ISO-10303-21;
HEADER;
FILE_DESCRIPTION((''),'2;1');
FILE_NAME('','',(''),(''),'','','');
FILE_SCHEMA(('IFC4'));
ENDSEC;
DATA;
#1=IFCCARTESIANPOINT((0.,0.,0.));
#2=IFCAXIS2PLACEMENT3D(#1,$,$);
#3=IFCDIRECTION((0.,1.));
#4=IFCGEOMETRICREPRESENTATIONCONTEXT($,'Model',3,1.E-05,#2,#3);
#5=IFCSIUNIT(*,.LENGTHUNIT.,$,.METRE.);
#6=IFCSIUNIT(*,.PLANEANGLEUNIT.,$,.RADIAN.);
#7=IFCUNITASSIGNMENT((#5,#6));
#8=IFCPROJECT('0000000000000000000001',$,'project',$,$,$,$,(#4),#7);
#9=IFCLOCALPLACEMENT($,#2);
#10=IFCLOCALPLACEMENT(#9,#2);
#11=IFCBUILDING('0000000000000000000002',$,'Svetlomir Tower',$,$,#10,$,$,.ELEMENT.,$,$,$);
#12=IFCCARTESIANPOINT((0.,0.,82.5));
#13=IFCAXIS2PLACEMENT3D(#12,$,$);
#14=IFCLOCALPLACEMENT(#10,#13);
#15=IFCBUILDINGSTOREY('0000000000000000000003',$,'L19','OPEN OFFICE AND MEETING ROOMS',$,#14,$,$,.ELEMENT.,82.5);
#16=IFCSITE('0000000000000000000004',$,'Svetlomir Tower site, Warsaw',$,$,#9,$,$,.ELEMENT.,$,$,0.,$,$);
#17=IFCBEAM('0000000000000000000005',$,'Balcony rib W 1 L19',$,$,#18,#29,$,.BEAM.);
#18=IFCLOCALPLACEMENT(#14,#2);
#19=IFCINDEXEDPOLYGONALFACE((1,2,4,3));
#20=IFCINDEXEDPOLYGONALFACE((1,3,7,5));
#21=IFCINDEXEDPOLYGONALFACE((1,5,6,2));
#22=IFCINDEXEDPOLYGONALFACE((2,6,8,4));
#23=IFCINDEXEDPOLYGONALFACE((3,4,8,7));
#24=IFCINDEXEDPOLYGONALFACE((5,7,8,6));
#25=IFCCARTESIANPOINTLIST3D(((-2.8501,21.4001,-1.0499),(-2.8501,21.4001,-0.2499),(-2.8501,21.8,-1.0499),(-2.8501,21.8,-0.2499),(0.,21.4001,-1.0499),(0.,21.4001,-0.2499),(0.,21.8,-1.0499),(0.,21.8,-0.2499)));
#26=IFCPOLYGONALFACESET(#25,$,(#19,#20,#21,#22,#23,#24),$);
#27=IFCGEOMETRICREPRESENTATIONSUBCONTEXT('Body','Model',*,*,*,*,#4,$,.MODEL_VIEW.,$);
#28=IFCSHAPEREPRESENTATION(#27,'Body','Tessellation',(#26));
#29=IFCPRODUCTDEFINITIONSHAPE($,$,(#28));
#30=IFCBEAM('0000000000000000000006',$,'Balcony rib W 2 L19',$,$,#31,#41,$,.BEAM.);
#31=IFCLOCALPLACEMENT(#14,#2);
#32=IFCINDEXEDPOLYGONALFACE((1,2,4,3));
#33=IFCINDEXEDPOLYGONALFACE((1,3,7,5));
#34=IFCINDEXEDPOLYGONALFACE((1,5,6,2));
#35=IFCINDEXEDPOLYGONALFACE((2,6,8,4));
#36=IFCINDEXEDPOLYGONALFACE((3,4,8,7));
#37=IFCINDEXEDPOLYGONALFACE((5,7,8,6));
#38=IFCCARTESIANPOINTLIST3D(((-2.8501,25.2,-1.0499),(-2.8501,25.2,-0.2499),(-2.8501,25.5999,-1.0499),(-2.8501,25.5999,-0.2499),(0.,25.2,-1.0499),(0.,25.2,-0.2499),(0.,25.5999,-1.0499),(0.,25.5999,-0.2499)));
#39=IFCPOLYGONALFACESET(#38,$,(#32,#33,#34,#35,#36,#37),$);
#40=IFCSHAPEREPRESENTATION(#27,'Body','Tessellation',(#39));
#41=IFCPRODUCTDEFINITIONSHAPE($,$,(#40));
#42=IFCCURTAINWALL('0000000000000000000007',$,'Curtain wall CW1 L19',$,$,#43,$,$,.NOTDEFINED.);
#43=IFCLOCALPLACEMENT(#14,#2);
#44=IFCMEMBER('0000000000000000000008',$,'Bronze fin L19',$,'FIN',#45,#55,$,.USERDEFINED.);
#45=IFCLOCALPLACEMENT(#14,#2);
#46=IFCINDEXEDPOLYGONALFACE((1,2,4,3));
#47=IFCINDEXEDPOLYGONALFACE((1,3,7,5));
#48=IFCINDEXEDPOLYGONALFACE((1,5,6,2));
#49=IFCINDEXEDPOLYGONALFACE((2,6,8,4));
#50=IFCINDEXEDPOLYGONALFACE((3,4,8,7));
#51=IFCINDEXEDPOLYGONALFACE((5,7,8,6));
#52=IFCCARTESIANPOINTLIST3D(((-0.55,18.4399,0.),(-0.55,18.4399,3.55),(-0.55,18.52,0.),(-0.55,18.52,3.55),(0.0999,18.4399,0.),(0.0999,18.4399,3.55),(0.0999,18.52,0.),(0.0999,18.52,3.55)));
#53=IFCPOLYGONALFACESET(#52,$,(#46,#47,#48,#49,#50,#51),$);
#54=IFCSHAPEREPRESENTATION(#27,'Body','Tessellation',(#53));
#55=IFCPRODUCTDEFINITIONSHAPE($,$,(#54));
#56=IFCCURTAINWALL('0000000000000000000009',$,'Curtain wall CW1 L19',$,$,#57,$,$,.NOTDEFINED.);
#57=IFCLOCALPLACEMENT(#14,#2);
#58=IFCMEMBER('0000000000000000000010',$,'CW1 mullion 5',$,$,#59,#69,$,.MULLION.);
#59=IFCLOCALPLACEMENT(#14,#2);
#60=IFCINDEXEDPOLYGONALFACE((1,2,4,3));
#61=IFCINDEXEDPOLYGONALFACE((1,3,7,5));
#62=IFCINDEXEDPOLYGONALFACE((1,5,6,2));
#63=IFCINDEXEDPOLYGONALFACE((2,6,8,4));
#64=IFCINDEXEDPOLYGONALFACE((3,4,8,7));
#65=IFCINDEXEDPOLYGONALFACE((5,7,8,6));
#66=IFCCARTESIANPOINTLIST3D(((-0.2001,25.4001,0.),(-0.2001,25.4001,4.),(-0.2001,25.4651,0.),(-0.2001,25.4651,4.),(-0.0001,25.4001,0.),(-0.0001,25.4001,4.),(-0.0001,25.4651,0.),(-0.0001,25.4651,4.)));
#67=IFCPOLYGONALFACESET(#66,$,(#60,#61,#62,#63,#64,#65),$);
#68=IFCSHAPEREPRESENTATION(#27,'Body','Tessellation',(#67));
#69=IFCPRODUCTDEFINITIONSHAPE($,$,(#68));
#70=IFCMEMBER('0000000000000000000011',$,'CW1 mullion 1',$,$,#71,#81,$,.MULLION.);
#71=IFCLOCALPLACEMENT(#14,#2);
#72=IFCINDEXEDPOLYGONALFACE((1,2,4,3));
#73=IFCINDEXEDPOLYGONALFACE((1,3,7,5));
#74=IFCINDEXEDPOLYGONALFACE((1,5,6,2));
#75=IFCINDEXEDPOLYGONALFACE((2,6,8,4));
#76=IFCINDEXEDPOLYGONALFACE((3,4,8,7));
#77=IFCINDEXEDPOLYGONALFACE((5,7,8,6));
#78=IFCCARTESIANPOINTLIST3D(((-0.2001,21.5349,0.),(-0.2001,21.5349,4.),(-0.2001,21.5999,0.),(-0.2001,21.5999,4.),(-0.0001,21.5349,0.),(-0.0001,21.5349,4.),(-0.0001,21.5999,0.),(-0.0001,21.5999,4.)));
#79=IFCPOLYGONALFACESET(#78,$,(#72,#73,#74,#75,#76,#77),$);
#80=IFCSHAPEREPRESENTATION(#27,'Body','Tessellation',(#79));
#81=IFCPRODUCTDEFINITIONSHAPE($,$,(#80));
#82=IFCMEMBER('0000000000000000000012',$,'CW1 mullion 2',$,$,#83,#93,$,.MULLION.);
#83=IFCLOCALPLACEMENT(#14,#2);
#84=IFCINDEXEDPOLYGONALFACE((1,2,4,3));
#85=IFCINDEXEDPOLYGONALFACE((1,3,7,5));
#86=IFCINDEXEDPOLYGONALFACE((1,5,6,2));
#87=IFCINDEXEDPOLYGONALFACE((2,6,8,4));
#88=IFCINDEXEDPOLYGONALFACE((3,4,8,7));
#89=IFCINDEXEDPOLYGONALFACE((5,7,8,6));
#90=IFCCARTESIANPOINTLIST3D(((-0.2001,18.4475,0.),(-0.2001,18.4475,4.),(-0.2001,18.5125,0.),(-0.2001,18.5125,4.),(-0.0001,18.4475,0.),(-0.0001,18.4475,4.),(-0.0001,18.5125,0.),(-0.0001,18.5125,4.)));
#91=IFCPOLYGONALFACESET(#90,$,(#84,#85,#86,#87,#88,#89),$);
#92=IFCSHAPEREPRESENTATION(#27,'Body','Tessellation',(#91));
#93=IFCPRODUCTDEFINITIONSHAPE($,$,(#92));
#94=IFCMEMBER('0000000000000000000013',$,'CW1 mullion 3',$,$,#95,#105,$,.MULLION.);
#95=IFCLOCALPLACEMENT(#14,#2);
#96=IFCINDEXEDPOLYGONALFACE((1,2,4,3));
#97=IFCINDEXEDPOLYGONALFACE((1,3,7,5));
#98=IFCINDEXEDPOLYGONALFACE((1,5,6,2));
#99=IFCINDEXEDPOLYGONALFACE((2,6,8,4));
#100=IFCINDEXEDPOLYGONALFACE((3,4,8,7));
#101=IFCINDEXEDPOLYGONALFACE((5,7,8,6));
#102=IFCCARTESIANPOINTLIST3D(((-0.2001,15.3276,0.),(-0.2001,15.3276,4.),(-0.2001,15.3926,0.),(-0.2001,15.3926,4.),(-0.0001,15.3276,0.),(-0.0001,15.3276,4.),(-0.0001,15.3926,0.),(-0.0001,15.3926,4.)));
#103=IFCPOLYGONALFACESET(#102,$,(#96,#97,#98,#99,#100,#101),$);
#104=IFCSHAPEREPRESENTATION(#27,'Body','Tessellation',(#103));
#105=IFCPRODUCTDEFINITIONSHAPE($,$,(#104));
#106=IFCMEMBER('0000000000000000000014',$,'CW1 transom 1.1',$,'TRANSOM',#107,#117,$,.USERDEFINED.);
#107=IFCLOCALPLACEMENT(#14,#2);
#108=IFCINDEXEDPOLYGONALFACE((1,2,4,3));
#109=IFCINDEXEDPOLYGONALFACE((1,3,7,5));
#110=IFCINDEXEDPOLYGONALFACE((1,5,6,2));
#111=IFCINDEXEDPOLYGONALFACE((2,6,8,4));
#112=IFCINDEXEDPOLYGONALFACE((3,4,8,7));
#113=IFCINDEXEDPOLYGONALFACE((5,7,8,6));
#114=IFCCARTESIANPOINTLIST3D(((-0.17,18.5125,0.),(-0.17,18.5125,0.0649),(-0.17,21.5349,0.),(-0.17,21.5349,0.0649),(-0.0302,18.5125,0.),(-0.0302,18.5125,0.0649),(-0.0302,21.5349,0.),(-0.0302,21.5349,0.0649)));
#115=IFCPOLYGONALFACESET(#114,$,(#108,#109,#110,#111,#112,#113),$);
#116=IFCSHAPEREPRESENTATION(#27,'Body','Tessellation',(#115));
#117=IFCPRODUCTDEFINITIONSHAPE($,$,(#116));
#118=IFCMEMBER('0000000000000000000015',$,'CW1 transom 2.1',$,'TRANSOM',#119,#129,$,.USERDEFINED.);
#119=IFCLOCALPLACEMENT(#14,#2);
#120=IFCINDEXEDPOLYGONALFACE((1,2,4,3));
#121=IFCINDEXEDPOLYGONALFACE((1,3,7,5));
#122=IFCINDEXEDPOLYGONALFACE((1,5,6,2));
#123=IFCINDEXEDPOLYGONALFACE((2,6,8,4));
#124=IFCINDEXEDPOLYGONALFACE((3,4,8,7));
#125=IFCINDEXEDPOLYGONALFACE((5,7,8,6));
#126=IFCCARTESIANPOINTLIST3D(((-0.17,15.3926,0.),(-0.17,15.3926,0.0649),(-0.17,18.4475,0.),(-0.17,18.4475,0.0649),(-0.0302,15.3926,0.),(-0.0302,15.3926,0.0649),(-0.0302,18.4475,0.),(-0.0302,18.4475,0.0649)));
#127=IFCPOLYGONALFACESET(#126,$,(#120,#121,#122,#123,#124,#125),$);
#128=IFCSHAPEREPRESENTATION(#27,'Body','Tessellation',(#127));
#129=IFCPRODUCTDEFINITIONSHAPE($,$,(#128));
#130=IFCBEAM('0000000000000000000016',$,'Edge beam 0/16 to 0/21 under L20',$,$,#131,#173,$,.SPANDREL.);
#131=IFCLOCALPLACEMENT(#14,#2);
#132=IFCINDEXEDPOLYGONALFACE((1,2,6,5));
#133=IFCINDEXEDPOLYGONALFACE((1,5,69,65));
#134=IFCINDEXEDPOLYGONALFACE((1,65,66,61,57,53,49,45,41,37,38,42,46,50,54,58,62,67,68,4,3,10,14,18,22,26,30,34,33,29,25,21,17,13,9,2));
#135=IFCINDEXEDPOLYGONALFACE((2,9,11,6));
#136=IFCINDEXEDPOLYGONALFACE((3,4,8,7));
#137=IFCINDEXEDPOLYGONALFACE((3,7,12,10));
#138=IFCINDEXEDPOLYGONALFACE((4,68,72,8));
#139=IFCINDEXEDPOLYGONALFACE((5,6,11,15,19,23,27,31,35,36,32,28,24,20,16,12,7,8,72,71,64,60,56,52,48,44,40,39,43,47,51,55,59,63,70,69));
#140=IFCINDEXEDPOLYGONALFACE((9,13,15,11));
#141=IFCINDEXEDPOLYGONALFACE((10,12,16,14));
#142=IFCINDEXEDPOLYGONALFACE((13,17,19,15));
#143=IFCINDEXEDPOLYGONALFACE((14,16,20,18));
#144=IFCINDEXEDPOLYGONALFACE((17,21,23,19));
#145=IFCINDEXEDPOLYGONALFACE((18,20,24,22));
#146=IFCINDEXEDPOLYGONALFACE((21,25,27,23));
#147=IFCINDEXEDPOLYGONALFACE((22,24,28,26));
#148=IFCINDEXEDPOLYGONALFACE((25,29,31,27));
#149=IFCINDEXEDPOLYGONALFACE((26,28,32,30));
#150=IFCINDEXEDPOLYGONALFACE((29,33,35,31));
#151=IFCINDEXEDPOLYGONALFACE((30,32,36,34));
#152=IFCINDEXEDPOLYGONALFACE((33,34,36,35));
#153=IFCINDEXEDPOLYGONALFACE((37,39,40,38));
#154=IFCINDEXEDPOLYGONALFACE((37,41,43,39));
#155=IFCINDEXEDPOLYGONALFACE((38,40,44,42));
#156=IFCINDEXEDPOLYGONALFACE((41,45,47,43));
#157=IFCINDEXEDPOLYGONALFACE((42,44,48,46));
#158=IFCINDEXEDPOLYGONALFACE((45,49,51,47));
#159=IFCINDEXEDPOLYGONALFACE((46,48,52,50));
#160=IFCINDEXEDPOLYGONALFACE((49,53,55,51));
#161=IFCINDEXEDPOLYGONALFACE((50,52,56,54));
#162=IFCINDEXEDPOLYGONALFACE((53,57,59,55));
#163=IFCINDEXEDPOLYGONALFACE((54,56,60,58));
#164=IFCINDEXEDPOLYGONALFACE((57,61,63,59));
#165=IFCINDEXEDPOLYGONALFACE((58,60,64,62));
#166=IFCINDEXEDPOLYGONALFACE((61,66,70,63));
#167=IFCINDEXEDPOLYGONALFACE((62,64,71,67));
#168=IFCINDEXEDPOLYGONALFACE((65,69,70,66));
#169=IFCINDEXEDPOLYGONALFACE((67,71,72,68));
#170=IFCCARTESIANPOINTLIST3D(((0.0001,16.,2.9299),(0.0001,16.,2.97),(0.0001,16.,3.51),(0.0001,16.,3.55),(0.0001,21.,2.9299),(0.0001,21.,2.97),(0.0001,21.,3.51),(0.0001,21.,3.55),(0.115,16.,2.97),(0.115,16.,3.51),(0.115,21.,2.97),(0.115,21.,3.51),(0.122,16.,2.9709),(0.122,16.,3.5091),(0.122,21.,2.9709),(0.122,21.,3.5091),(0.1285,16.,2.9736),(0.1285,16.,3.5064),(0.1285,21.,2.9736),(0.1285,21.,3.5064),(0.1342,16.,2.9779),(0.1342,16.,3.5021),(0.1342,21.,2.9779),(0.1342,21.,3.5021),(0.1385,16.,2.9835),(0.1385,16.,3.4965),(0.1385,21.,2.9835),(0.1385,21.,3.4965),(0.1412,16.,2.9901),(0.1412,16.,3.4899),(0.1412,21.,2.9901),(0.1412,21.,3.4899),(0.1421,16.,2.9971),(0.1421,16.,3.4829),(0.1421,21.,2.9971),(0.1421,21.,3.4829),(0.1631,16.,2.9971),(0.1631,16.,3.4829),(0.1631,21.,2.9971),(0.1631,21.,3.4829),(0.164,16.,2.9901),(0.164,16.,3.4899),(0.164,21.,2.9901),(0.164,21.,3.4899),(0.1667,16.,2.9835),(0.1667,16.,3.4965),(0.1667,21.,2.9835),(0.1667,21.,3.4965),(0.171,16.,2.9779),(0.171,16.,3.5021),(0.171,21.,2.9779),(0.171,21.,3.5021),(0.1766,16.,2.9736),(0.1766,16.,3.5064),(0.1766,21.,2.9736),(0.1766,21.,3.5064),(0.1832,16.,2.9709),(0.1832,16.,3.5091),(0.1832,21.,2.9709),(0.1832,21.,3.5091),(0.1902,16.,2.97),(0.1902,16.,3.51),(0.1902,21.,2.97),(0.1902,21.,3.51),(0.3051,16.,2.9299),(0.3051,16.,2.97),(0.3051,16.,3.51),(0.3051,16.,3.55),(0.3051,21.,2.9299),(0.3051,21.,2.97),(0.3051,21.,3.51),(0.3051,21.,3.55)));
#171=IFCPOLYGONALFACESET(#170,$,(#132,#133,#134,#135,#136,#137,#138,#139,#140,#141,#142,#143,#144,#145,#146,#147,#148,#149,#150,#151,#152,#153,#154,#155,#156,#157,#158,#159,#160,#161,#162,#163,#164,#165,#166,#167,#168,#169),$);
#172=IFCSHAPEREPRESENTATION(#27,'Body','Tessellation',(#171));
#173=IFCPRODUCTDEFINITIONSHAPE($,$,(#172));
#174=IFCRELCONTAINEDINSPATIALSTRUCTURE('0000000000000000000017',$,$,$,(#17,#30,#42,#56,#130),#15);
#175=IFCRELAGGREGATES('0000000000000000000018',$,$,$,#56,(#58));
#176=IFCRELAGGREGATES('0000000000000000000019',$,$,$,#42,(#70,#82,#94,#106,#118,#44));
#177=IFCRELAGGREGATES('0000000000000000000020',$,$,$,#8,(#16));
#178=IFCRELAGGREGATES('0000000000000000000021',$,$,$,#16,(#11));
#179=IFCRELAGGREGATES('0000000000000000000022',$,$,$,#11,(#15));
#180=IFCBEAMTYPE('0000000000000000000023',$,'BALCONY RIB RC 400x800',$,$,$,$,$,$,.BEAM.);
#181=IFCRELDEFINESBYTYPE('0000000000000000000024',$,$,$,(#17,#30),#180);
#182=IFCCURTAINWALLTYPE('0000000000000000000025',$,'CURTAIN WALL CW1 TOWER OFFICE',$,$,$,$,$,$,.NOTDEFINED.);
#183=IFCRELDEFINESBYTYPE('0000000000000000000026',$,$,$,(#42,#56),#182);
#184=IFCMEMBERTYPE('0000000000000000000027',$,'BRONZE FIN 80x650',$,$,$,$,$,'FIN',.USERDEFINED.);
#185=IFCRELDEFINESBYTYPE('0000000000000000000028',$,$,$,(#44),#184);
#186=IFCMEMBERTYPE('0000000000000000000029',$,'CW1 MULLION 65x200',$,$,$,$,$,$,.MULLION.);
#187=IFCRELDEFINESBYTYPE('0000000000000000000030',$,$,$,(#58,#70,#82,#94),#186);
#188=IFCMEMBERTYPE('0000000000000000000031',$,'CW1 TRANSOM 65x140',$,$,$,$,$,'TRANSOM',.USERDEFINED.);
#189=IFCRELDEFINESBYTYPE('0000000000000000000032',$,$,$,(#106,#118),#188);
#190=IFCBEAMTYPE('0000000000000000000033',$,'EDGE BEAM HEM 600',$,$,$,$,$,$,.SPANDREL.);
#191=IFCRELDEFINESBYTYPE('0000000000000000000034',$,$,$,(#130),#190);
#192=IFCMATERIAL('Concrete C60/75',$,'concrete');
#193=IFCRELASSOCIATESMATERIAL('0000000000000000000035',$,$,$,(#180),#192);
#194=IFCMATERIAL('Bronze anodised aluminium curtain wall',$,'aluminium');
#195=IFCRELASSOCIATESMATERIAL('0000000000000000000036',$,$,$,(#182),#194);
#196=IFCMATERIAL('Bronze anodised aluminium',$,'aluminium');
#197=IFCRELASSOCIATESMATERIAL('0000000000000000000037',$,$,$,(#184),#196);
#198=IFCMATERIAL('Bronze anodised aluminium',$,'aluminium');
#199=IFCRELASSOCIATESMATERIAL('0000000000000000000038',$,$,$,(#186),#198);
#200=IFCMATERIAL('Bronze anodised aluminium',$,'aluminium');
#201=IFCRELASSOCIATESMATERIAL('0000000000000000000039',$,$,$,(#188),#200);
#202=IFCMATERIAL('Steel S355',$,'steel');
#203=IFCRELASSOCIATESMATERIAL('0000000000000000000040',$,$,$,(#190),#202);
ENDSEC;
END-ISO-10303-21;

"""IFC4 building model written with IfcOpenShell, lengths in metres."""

from ifc_helpers import new_model, si_unit, direction, frame, origin, origin_2d, place, context, subcontext, project, spatial, rectangle, i_section, extrude, material, material_profile, profile_set, type_object, element, aggregate, save


model = new_model("IFC4")

# Units and contexts
model_context = context("Model", 3, precision=1e-05, world=origin(), true_north=direction((0.0, 1.0)))
body_context = subcontext(model_context, "Body", "Model", "MODEL_VIEW")
ifc_project = project(units=[si_unit("LENGTHUNIT", "METRE"), si_unit("PLANEANGLEUNIT", "RADIAN")], contexts=[model_context])

# Site, building, storey
site_placement = place(None, origin())
site = spatial("IfcSite", under=ifc_project, at=site_placement, Name="Svetlomir Tower site, Warsaw", CompositionType="ELEMENT", RefElevation=0.0)
building_placement = place(site_placement, origin())
building = spatial("IfcBuilding", under=site, at=building_placement, Name="Svetlomir Tower", CompositionType="ELEMENT")
storey_placement = place(building_placement, frame((0.0, 0.0, 82.5)))
storey = spatial("IfcBuildingStorey", under=building, at=storey_placement, Name="L19", Description="OPEN OFFICE AND MEETING ROOMS", CompositionType="ELEMENT", Elevation=82.5)

# Beams
ifc_material_1 = material(Name="Concrete C60/75", Category="concrete")
ifc_material_profile_1 = material_profile(ifc_material_1, rectangle(XDim=0.3999, YDim=0.8, at=origin_2d()), Name="RC 400x800")
ifc_profile_set_1 = profile_set([ifc_material_profile_1], Name="Concrete C60/75")
beam_type_1 = type_object("IfcBeamType", Name="BALCONY RIB RC 400x800", PredefinedType="BEAM", material=ifc_profile_set_1)
for number, where, z_axis, x_axis, name in (
    (1, (0.0, 21.6001, -0.6499), (-1.0, 0.0, 0.0), (0.0, -1.0, 0.0), "Balcony rib W 1 L19"),
    (2, (0.0, 25.3999, -0.6499), (-1.0, 0.0, 0.0), (0.0, -1.0, 0.0), "Balcony rib W 2 L19"),
):
    element("IfcBeam", number, at=place(storey_placement, frame(where, z_axis=z_axis, x_axis=x_axis)), inside=storey, type_object=beam_type_1, Name=name, PredefinedType="BEAM", context=body_context, shape_type="SweptSolid", body=[
        extrude(rectangle(XDim=0.3999, YDim=0.8, at=origin_2d()), origin(), (0.0, 0.0, 1.0), 2.8501),
    ])

# Curtain walls, members
ifc_material_2 = material(Name="Bronze anodised aluminium curtain wall", Category="aluminium")
curtain_wall_type = type_object("IfcCurtainWallType", Name="CURTAIN WALL CW1 TOWER OFFICE", PredefinedType="NOTDEFINED", material=ifc_material_2)
curtain_wall_1_placement = place(storey_placement, origin())
curtain_wall_1 = element("IfcCurtainWall", 3, at=curtain_wall_1_placement, inside=storey, type_object=curtain_wall_type, Name="Curtain wall CW1 L19", PredefinedType="NOTDEFINED")
ifc_material_3 = material(Name="Bronze anodised aluminium", Category="aluminium")
ifc_material_profile_2 = material_profile(ifc_material_3, rectangle(XDim=0.0801, YDim=0.6499, at=origin_2d()), Name="FIN 80x650")
ifc_profile_set_2 = profile_set([ifc_material_profile_2], Name="Bronze anodised aluminium 6063-T6")
member_type_1 = type_object("IfcMemberType", Name="BRONZE FIN 80x650", ElementType="FIN", PredefinedType="USERDEFINED", material=ifc_profile_set_2)
member_1_placement = place(storey_placement, frame((-0.2251, 18.48, 0.0), z_axis=(0.0, 0.0, 1.0), x_axis=(0.0, 1.0, 0.0)))
member_1 = element("IfcMember", 4, at=member_1_placement, type_object=member_type_1, Name="Bronze fin L19", ObjectType="FIN", PredefinedType="USERDEFINED", context=body_context, shape_type="SweptSolid", body=[
    extrude(rectangle(XDim=0.0801, YDim=0.6499, at=origin_2d()), origin(), (0.0, 0.0, 1.0), 3.55),
])
curtain_wall_2_placement = place(storey_placement, origin())
curtain_wall_2 = element("IfcCurtainWall", 5, at=curtain_wall_2_placement, inside=storey, type_object=curtain_wall_type, Name="Curtain wall CW1 L19", PredefinedType="NOTDEFINED")
ifc_material_4 = material(Name="Bronze anodised aluminium", Category="aluminium")
ifc_material_profile_3 = material_profile(ifc_material_4, rectangle(XDim=0.0649, YDim=0.2, at=origin_2d()), Name="AL 65x200")
ifc_profile_set_3 = profile_set([ifc_material_profile_3], Name="Bronze anodised aluminium 6063-T6")
member_type_2 = type_object("IfcMemberType", Name="CW1 MULLION 65x200", PredefinedType="MULLION", material=ifc_profile_set_3)
member_2_placement = place(storey_placement, frame((-0.1001, 25.4326, 0.0), z_axis=(0.0, 0.0, 1.0), x_axis=(0.0, -1.0, 0.0)))
member_2 = element("IfcMember", 6, at=member_2_placement, type_object=member_type_2, Name="CW1 mullion 5", PredefinedType="MULLION", context=body_context, shape_type="SweptSolid", body=[
    extrude(rectangle(XDim=0.0649, YDim=0.2, at=origin_2d()), origin(), (0.0, 0.0, 1.0), 4.0),
])
aggregate(curtain_wall_2, [member_2])

# Members
member_3_placement = place(storey_placement, frame((-0.1001, 21.5674, 0.0), z_axis=(0.0, 0.0, 1.0), x_axis=(0.0, -1.0, 0.0)))
member_3 = element("IfcMember", 7, at=member_3_placement, type_object=member_type_2, Name="CW1 mullion 1", PredefinedType="MULLION", context=body_context, shape_type="SweptSolid", body=[
    extrude(rectangle(XDim=0.0649, YDim=0.2, at=origin_2d()), origin(), (0.0, 0.0, 1.0), 4.0),
])
member_4_placement = place(storey_placement, frame((-0.1001, 18.48, 0.0), z_axis=(0.0, 0.0, 1.0), x_axis=(0.0, -1.0, 0.0)))
member_4 = element("IfcMember", 8, at=member_4_placement, type_object=member_type_2, Name="CW1 mullion 2", PredefinedType="MULLION", context=body_context, shape_type="SweptSolid", body=[
    extrude(rectangle(XDim=0.0649, YDim=0.2, at=origin_2d()), origin(), (0.0, 0.0, 1.0), 4.0),
])
member_5_placement = place(storey_placement, frame((-0.1001, 15.3601, 0.0), z_axis=(0.0, 0.0, 1.0), x_axis=(0.0, -1.0, 0.0)))
member_5 = element("IfcMember", 9, at=member_5_placement, type_object=member_type_2, Name="CW1 mullion 3", PredefinedType="MULLION", context=body_context, shape_type="SweptSolid", body=[
    extrude(rectangle(XDim=0.0649, YDim=0.2, at=origin_2d()), origin(), (0.0, 0.0, 1.0), 4.0),
])
ifc_material_5 = material(Name="Bronze anodised aluminium", Category="aluminium")
ifc_material_profile_4 = material_profile(ifc_material_5, rectangle(XDim=0.1399, YDim=0.0649, at=origin_2d()), Name="AL 140x65")
ifc_profile_set_4 = profile_set([ifc_material_profile_4], Name="Bronze anodised aluminium 6063-T6")
member_type_3 = type_object("IfcMemberType", Name="CW1 TRANSOM 65x140", ElementType="TRANSOM", PredefinedType="USERDEFINED", material=ifc_profile_set_4)
member_6_placement = place(storey_placement, frame((-0.1001, 21.5349, 0.0325), z_axis=(0.0, -1.0, 0.0), x_axis=(1.0, 0.0, 0.0)))
member_6 = element("IfcMember", 10, at=member_6_placement, type_object=member_type_3, Name="CW1 transom 1.1", ObjectType="TRANSOM", PredefinedType="USERDEFINED", context=body_context, shape_type="SweptSolid", body=[
    extrude(rectangle(XDim=0.1399, YDim=0.0649, at=origin_2d()), origin(), (0.0, 0.0, 1.0), 3.0225),
])
member_7_placement = place(storey_placement, frame((-0.1001, 18.4475, 0.0325), z_axis=(0.0, -1.0, 0.0), x_axis=(1.0, 0.0, 0.0)))
member_7 = element("IfcMember", 11, at=member_7_placement, type_object=member_type_3, Name="CW1 transom 2.1", ObjectType="TRANSOM", PredefinedType="USERDEFINED", context=body_context, shape_type="SweptSolid", body=[
    extrude(rectangle(XDim=0.1399, YDim=0.0649, at=origin_2d()), origin(), (0.0, 0.0, 1.0), 3.0549),
])

# Beam
ifc_material_6 = material(Name="Steel S355", Category="steel")
ifc_material_profile_5 = material_profile(ifc_material_6, i_section(OverallWidth=0.3049, OverallDepth=0.6201, WebThickness=0.021, FlangeThickness=0.04, FilletRadius=0.0271, at=origin_2d()), Name="HEM 600")
ifc_profile_set_5 = profile_set([ifc_material_profile_5], Name="Steel S355")
beam_type_2 = type_object("IfcBeamType", Name="EDGE BEAM HEM 600", PredefinedType="SPANDREL", material=ifc_profile_set_5)
for number, where, z_axis, x_axis, name in (
    (12, (0.1526, 16.0, 3.24), (0.0, 1.0, 0.0), (-1.0, 0.0, 0.0), "Edge beam 0/16 to 0/21 under L20"),
):
    element("IfcBeam", number, at=place(storey_placement, frame(where, z_axis=z_axis, x_axis=x_axis)), inside=storey, type_object=beam_type_2, Name=name, PredefinedType="SPANDREL", context=body_context, shape_type="SweptSolid", body=[
        extrude(i_section(OverallWidth=0.3049, OverallDepth=0.6201, WebThickness=0.021, FlangeThickness=0.04, FilletRadius=0.0271, at=origin_2d()), origin(), (0.0, 0.0, 1.0), 5.0),
    ])

aggregate(curtain_wall_1, [member_3, member_4, member_5, member_6, member_7, member_1])

save(model, "model.ifc")
